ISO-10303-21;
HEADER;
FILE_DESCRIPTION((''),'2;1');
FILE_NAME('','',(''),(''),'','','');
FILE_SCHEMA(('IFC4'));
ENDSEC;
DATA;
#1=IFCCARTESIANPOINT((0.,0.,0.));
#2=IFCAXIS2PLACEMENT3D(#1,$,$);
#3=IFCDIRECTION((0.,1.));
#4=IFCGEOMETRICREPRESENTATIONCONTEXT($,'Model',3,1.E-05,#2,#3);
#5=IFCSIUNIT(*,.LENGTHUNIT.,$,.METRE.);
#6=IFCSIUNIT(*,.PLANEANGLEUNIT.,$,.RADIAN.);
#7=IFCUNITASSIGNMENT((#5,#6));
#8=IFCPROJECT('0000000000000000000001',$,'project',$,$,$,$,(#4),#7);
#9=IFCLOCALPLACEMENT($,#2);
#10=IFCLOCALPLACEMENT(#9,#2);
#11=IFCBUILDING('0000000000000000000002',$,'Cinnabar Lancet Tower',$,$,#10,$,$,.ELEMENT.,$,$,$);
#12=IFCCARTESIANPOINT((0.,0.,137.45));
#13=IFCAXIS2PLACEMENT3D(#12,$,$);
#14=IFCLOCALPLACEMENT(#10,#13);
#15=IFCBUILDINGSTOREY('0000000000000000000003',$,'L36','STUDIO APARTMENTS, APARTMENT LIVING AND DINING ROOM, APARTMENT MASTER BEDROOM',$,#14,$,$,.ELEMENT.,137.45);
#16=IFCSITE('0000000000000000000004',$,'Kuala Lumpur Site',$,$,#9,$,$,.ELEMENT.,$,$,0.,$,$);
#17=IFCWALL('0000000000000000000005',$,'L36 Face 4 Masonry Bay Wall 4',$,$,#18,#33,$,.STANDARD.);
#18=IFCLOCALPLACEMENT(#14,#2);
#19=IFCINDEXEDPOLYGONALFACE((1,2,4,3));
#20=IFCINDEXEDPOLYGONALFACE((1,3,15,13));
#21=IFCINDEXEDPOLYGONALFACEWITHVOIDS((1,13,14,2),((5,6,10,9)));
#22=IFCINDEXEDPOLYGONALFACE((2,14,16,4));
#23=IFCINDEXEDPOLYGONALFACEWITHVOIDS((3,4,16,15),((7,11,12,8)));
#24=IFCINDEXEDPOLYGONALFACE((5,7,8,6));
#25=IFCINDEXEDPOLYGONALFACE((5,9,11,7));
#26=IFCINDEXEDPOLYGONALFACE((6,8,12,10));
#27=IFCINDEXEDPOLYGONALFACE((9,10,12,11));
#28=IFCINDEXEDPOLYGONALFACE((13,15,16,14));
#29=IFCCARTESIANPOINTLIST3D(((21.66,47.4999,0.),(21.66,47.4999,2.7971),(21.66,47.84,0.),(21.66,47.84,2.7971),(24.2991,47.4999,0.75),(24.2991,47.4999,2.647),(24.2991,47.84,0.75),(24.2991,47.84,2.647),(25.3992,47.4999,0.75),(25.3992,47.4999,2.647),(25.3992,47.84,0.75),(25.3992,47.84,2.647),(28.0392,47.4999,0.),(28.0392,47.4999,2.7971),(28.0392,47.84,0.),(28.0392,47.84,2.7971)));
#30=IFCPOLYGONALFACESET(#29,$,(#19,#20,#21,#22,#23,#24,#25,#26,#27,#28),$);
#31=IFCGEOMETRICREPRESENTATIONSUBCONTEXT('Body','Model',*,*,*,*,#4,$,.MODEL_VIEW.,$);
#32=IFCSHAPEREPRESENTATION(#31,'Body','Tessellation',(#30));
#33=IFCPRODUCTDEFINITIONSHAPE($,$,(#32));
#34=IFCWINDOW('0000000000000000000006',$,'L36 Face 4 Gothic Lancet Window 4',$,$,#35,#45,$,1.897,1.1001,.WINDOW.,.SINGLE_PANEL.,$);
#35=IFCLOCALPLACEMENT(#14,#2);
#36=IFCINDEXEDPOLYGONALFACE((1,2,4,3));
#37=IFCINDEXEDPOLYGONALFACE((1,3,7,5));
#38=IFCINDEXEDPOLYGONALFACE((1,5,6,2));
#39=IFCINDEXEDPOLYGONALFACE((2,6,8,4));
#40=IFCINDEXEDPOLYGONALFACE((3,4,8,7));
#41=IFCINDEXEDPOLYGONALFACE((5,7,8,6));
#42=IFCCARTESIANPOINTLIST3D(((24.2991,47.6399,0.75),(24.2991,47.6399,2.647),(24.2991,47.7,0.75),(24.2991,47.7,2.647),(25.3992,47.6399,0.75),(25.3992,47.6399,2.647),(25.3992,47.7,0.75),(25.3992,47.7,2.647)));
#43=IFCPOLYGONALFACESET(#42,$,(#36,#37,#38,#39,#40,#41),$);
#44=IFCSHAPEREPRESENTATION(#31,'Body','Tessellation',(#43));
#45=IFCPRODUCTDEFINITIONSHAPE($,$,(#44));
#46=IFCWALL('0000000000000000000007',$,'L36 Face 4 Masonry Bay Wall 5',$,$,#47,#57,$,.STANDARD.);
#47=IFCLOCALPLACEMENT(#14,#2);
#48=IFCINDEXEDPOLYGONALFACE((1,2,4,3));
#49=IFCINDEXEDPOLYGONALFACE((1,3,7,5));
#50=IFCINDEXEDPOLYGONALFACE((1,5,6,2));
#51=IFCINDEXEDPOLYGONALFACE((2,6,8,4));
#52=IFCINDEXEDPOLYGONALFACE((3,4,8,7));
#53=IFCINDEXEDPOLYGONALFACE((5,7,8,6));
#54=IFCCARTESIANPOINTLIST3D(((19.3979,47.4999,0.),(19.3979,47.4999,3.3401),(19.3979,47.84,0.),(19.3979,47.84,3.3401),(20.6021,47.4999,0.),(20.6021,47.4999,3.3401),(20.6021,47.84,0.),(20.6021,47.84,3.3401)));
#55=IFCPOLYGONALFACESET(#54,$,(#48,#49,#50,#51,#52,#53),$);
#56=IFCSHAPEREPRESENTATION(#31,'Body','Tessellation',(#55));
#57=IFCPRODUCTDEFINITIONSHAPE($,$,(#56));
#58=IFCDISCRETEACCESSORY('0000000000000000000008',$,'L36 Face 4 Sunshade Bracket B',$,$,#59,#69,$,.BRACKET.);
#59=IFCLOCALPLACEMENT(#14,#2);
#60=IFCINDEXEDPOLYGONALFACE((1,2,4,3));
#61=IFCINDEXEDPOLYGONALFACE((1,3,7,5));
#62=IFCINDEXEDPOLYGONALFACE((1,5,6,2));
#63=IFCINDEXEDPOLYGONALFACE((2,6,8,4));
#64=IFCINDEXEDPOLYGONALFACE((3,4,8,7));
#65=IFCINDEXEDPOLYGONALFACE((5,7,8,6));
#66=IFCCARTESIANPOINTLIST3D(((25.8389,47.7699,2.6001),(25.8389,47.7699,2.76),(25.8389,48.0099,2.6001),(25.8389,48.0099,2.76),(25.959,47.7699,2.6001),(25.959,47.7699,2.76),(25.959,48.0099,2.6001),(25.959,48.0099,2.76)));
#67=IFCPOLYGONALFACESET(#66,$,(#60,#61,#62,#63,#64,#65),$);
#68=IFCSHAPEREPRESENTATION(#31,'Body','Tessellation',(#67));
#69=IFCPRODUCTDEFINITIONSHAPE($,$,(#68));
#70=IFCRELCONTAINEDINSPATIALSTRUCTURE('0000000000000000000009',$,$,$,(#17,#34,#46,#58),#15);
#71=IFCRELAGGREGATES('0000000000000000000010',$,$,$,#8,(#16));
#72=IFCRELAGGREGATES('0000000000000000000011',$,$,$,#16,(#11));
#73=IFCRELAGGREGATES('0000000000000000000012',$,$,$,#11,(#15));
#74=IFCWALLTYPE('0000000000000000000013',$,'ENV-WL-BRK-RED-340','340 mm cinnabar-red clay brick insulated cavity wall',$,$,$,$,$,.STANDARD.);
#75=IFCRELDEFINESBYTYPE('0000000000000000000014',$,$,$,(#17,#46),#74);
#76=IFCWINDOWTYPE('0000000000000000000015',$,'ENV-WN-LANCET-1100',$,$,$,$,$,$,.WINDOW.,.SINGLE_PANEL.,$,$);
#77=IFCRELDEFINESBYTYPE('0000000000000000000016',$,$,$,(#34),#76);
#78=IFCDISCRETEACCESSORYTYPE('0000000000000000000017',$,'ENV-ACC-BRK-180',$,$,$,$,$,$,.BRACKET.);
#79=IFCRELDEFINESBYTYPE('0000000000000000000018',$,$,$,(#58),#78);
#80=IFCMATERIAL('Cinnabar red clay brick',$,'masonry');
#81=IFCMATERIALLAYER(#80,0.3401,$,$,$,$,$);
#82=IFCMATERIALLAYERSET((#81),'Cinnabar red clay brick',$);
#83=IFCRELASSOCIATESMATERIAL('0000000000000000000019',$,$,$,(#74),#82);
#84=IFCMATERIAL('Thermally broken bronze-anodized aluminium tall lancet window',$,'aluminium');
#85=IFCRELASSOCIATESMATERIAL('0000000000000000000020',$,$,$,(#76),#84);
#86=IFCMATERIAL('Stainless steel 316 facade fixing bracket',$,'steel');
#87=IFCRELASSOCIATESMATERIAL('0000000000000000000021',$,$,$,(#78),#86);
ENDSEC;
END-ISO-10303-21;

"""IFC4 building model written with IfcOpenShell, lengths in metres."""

from ifc_helpers import new_model, si_unit, direction, frame, frame_2d, origin, origin_2d, place, context, subcontext, project, spatial, rectangle, extrude, material, layer, layer_set, type_object, element, fill, save


model = new_model("IFC4")

# Units and contexts
model_context = context("Model", 3, precision=1e-05, world=origin(), true_north=direction((0.0, 1.0)))
body_context = subcontext(model_context, "Body", "Model", "MODEL_VIEW")
ifc_project = project(units=[si_unit("LENGTHUNIT", "METRE"), si_unit("PLANEANGLEUNIT", "RADIAN")], contexts=[model_context])

# Site, building, storey
site_placement = place(None, origin())
site = spatial("IfcSite", under=ifc_project, at=site_placement, Name="Kuala Lumpur Site", CompositionType="ELEMENT", RefElevation=0.0)
building_placement = place(site_placement, origin())
building = spatial("IfcBuilding", under=site, at=building_placement, Name="Cinnabar Lancet Tower", CompositionType="ELEMENT")
storey_placement = place(building_placement, frame((0.0, 0.0, 137.45)))
storey = spatial("IfcBuildingStorey", under=building, at=storey_placement, Name="L36", Description="STUDIO APARTMENTS, APARTMENT LIVING AND DINING ROOM, APARTMENT MASTER BEDROOM", CompositionType="ELEMENT", Elevation=137.45)

# Wall, opening, window
ifc_material_1 = material(Name="Cinnabar red clay brick", Category="masonry")
ifc_layer_1 = layer(ifc_material_1, 0.3401)
ifc_layer_set_1 = layer_set([ifc_layer_1], Name="Cinnabar red clay brick")
wall_type_1 = type_object("IfcWallType", Name="ENV-WL-BRK-RED-340", Description="340 mm cinnabar-red clay brick insulated cavity wall", PredefinedType="STANDARD", material=ifc_layer_set_1)
wall_1_placement = place(storey_placement, frame((28.0391, 47.6699, 0.0), z_axis=(0.0, 0.0, 1.0), x_axis=(-1.0, 0.0, 0.0)))
wall_1 = element("IfcWall", 1, at=wall_1_placement, inside=storey, type_object=wall_type_1, Name="L36 Face 4 Masonry Bay Wall 4", PredefinedType="STANDARD", context=body_context, shape_type="SweptSolid", body=[
    extrude(rectangle(XDim=6.3792, YDim=0.3401, at=frame_2d((3.1895, 0.0))), origin(), (0.0, 0.0, 1.0), 2.7971),
])
opening_1_placement = place(wall_1_placement, frame((2.6399, 0.0, 0.75)))
opening_1 = element("IfcOpeningElement", 2, at=opening_1_placement, cuts=wall_1, PredefinedType="OPENING", context=body_context, shape_type="SweptSolid", body=[
    extrude(rectangle(XDim=1.1001, YDim=1.897, at=frame_2d((0.55, 0.9485))), frame((0.0, 0.1799, 0.0), z_axis=(0.0, -1.0, 0.0), x_axis=(1.0, 0.0, 0.0)), (0.0, 0.0, 1.0), 0.3601),
])
ifc_material_2 = material(Name="Thermally broken bronze-anodized aluminium tall lancet window", Category="aluminium")
window_type = type_object("IfcWindowType", Name="ENV-WN-LANCET-1100", PartitioningType="SINGLE_PANEL", PredefinedType="WINDOW", material=ifc_material_2)
window_placement = place(opening_1_placement, origin())
window = element("IfcWindow", 3, at=window_placement, inside=storey, type_object=window_type, Name="L36 Face 4 Gothic Lancet Window 4", OverallHeight=1.897, OverallWidth=1.1001, PartitioningType="SINGLE_PANEL", PredefinedType="WINDOW", context=body_context, shape_type="SweptSolid", body=[
    extrude(rectangle(XDim=1.1001, YDim=1.897, at=frame_2d((0.55, 0.9485))), frame((0.0, 0.03, 0.0), z_axis=(0.0, -1.0, 0.0), x_axis=(1.0, 0.0, 0.0)), (0.0, 0.0, 1.0), 0.0601),
])
fill(opening_1, window)

# Wall
wall_2_placement = place(storey_placement, frame((20.6021, 47.6699, 0.0), z_axis=(0.0, 0.0, 1.0), x_axis=(-1.0, 0.0, 0.0)))
element("IfcWall", 4, at=wall_2_placement, inside=storey, type_object=wall_type_1, Name="L36 Face 4 Masonry Bay Wall 5", PredefinedType="STANDARD", context=body_context, shape_type="SweptSolid", body=[
    extrude(rectangle(XDim=1.2041, YDim=0.3401, at=frame_2d((0.6021, 0.0))), origin(), (0.0, 0.0, 1.0), 3.3401),
])

# Discrete accessory
ifc_material_3 = material(Name="Stainless steel 316 facade fixing bracket", Category="steel")
discrete_accessory_type = type_object("IfcDiscreteAccessoryType", Name="ENV-ACC-BRK-180", PredefinedType="BRACKET", material=ifc_material_3)
discrete_accessory_placement = place(storey_placement, frame((25.8989, 47.8899, 2.6001), z_axis=(0.0, 0.0, 1.0), x_axis=(-1.0, 0.0, 0.0)))
element("IfcDiscreteAccessory", 5, at=discrete_accessory_placement, inside=storey, type_object=discrete_accessory_type, Name="L36 Face 4 Sunshade Bracket B", PredefinedType="BRACKET", context=body_context, shape_type="SweptSolid", body=[
    extrude(rectangle(XDim=0.1201, YDim=0.24, at=origin_2d()), origin(), (0.0, 0.0, 1.0), 0.1599),
])

save(model, "model.ifc")
